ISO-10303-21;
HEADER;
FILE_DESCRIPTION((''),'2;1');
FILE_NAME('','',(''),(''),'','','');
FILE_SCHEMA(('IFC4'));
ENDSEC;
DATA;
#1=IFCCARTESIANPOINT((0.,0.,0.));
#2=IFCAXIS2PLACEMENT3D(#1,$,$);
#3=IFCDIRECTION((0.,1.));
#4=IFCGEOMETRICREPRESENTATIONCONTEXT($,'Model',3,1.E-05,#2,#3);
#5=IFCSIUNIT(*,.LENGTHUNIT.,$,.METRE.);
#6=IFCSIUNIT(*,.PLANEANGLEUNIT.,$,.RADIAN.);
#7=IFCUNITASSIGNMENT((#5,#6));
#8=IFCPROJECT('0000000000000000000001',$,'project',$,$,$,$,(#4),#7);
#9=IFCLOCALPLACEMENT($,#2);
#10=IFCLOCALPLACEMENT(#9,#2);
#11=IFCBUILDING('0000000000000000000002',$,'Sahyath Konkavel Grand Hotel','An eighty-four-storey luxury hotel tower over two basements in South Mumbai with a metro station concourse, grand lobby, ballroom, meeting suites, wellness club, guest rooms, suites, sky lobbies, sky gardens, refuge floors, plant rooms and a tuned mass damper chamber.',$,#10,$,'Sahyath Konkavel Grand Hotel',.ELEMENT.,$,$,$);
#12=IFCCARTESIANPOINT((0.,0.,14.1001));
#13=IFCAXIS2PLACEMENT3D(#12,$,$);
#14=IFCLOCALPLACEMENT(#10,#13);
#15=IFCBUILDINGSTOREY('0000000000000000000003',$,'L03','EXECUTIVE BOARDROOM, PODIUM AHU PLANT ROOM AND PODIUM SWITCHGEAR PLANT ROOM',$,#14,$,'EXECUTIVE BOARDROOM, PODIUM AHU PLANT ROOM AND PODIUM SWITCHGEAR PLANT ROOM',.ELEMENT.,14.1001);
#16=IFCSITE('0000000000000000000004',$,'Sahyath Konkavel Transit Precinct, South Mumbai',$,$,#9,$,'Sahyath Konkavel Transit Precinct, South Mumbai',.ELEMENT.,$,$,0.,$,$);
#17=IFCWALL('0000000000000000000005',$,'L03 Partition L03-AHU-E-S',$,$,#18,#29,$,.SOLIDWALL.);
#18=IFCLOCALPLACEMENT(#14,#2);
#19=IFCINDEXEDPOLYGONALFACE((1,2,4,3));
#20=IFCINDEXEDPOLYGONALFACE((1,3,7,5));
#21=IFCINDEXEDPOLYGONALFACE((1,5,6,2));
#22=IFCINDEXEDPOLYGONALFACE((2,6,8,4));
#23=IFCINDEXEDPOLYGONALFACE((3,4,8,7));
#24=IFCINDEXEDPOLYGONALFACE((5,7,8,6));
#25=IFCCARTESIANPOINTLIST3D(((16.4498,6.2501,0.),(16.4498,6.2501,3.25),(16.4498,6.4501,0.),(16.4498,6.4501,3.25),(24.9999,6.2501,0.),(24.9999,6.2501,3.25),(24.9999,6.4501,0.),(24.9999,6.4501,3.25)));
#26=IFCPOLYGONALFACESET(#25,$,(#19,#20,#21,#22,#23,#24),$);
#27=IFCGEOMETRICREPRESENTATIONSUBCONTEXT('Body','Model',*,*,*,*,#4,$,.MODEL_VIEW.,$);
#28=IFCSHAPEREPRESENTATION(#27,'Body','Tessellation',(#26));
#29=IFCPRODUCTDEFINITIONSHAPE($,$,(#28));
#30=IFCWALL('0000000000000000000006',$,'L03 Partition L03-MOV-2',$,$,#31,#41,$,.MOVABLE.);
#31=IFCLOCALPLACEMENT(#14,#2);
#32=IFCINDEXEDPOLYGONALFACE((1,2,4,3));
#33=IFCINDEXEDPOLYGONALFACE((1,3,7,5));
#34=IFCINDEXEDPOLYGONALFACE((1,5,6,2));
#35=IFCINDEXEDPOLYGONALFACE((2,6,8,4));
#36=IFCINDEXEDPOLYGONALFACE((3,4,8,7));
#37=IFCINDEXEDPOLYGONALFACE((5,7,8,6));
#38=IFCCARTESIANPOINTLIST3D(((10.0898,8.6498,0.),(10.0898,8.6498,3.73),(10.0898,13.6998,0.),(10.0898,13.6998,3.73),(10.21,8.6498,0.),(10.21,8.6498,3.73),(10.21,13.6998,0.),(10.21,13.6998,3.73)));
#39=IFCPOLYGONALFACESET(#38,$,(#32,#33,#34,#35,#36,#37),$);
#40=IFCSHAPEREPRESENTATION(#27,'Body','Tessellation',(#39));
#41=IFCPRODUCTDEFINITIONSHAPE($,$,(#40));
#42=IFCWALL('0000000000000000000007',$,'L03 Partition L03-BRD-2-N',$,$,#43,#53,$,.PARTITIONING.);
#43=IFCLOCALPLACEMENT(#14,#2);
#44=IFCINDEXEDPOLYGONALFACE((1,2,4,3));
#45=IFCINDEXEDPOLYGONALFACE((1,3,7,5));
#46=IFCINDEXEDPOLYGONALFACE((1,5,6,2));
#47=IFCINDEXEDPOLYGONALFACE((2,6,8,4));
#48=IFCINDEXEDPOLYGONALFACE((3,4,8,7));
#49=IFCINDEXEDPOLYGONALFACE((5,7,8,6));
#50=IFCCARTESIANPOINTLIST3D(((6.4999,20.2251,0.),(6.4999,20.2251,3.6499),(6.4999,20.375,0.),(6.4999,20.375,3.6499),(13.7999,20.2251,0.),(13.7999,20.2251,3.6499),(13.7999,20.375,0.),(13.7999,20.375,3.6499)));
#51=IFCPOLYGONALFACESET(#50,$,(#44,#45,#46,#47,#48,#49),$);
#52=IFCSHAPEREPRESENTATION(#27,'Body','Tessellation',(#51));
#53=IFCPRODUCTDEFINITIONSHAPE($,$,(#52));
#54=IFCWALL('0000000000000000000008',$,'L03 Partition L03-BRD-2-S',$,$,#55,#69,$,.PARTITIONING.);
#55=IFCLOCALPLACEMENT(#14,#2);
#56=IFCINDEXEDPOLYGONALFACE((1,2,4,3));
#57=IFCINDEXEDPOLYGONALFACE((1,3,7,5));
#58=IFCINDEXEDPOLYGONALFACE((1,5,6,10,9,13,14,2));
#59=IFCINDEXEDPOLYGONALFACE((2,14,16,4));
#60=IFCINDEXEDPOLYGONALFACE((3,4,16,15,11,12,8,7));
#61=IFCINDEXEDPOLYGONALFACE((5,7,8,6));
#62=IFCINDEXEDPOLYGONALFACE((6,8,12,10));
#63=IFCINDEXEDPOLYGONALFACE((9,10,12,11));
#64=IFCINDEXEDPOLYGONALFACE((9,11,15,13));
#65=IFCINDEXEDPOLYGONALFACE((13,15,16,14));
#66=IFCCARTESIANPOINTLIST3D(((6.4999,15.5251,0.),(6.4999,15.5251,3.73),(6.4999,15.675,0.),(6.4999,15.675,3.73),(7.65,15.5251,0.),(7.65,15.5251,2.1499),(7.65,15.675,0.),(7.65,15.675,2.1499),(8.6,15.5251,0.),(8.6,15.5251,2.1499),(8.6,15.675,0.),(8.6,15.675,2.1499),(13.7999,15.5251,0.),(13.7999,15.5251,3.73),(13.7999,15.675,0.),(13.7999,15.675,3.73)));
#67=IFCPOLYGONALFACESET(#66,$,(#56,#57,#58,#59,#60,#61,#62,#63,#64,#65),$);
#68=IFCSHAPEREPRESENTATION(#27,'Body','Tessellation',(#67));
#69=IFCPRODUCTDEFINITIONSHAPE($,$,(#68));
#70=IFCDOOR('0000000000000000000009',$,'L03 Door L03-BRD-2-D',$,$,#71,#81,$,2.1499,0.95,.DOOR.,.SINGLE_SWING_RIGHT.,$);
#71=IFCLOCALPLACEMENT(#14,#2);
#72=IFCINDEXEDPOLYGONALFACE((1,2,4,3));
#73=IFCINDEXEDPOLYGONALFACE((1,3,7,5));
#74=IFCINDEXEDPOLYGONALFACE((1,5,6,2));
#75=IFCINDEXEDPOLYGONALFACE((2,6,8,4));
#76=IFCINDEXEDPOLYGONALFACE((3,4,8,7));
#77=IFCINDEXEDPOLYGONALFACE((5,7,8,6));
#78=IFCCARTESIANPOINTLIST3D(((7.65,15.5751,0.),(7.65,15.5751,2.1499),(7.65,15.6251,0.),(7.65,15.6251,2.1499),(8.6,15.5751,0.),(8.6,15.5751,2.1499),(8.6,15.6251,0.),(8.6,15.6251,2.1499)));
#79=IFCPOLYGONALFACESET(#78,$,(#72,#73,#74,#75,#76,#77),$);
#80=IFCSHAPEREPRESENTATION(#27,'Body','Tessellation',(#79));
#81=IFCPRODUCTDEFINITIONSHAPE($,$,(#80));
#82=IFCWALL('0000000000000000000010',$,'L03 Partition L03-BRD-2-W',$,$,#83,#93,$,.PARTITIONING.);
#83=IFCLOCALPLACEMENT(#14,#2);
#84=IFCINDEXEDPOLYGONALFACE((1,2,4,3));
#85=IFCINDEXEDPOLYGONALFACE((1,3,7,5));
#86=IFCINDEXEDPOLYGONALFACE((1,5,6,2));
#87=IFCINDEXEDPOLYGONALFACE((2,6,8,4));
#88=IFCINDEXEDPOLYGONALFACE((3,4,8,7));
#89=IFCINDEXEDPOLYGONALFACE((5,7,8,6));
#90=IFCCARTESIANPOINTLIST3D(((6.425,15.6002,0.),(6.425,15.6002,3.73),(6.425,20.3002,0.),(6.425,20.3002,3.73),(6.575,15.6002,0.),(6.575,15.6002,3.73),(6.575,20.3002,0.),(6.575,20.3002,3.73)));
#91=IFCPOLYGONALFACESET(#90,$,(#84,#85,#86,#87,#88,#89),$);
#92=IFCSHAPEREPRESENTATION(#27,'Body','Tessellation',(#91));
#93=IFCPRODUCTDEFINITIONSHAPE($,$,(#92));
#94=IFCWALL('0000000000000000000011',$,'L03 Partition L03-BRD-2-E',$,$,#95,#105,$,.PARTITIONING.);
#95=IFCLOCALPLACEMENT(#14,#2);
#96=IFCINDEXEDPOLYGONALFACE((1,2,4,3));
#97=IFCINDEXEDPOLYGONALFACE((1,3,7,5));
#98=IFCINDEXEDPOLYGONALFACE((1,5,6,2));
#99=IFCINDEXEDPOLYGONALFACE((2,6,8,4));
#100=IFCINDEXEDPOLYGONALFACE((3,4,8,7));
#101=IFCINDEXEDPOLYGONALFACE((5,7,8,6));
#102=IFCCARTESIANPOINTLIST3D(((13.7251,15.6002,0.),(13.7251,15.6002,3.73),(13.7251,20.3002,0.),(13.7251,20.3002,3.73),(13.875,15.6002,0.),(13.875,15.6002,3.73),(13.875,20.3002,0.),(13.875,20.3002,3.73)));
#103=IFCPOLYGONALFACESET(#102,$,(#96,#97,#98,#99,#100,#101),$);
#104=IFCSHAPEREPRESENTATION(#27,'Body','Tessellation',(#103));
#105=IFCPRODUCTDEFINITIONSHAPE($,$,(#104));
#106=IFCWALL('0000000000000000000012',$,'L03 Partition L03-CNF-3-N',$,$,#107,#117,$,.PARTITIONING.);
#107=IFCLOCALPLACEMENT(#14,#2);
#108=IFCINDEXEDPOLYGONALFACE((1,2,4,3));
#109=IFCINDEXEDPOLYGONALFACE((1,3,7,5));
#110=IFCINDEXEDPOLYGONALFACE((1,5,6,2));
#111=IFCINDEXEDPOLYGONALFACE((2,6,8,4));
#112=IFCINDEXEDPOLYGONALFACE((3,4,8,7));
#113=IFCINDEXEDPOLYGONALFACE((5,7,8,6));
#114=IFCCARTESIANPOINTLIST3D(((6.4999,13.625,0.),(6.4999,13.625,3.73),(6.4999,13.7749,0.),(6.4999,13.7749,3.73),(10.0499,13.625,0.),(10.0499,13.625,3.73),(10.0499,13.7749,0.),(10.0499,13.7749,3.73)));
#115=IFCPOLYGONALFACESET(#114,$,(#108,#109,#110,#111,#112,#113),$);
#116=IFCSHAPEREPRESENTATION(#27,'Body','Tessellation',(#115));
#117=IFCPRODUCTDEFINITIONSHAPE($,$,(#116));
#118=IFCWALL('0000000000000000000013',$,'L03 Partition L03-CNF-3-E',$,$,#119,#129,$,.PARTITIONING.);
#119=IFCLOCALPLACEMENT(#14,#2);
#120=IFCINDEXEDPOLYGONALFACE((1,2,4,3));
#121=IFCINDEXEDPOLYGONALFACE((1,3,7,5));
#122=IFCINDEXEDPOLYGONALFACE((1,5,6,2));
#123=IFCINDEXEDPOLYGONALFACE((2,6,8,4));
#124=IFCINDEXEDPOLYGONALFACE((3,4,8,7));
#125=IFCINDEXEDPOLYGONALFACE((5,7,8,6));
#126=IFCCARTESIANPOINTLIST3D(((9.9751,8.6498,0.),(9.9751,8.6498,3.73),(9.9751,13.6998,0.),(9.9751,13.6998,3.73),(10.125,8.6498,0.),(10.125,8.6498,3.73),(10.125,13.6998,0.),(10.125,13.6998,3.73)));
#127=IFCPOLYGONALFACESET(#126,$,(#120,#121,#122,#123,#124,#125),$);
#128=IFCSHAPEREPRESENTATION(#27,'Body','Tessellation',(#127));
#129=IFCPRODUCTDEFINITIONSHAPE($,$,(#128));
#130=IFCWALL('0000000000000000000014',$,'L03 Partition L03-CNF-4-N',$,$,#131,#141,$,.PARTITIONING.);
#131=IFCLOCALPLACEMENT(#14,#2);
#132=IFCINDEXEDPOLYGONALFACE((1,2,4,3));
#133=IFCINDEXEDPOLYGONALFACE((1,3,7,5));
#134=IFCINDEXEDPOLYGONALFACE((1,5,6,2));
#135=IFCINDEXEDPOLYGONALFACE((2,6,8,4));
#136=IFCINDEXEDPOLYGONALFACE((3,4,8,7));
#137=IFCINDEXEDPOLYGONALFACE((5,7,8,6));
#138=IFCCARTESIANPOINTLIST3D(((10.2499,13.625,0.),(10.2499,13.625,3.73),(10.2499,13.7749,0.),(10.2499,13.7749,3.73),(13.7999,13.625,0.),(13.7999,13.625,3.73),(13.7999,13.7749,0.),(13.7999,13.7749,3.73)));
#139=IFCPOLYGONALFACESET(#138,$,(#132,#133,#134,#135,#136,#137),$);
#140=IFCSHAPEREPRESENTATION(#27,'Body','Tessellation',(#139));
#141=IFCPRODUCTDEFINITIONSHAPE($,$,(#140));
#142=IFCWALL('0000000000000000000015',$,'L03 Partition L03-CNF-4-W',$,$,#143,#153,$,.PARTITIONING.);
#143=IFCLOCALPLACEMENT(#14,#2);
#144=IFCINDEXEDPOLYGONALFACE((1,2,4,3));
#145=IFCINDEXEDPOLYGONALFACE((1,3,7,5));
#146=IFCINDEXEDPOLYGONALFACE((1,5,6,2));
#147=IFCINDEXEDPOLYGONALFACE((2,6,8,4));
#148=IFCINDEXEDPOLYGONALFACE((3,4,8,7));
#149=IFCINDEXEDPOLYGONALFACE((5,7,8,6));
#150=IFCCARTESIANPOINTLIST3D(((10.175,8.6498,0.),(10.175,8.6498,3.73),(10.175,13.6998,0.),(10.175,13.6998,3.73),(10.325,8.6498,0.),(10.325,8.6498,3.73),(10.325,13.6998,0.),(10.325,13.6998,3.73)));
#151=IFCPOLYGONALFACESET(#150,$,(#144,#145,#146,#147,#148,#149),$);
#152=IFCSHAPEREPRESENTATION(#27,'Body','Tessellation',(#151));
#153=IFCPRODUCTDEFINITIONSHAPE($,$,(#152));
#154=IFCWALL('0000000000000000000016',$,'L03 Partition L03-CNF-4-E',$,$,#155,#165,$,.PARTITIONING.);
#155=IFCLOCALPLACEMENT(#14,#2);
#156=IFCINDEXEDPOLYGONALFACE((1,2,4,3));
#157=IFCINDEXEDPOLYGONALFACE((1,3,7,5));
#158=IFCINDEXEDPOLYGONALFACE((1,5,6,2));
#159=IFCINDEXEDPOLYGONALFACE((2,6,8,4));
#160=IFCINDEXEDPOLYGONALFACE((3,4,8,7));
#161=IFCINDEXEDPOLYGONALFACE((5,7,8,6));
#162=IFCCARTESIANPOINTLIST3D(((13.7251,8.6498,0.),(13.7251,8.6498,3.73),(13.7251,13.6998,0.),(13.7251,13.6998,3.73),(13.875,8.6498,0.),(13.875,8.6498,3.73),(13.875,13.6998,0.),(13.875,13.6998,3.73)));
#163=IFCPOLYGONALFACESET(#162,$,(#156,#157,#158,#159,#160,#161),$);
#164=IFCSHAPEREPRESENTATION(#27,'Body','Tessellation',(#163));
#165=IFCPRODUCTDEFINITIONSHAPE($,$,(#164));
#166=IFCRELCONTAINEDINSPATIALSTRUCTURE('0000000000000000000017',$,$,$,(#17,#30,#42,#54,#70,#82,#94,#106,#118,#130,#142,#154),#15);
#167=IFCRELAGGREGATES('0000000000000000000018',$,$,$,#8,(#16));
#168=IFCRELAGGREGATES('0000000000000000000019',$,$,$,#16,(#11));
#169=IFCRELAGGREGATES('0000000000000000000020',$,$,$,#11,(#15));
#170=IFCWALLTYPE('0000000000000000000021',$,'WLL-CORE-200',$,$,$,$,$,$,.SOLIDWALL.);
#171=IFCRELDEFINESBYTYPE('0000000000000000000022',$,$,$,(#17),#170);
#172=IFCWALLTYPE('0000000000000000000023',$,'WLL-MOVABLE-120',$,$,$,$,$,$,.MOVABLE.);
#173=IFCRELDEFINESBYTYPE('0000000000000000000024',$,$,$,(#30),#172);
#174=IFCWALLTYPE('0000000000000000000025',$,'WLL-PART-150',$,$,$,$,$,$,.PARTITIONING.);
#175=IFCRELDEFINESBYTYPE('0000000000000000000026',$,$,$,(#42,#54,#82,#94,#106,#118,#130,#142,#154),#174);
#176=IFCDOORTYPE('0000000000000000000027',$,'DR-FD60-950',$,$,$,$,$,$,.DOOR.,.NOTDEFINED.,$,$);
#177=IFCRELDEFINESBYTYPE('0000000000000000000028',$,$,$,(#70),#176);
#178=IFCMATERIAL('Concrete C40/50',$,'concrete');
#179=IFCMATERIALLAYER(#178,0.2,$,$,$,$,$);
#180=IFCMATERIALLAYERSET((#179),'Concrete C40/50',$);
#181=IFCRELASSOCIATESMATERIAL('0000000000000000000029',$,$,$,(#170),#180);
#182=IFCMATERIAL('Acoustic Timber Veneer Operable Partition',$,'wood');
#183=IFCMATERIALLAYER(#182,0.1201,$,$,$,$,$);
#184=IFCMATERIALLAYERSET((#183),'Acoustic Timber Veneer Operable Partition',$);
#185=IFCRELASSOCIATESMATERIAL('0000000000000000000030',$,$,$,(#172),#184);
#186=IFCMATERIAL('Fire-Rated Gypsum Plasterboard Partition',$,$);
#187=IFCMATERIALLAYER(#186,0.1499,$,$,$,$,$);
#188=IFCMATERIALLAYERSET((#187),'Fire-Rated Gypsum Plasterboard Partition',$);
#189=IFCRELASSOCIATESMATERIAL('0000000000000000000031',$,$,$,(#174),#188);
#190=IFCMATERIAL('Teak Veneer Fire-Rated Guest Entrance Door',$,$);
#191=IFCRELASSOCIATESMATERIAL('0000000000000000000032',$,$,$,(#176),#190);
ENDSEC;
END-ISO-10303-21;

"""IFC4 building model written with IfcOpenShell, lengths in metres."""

from ifc_helpers import new_model, si_unit, direction, frame, frame_2d, origin, origin_2d, place, context, subcontext, project, spatial, rectangle, extrude, source, transform, mapped, material, layer, layer_set, type_object, element, fill, save


model = new_model("IFC4")

# Units and contexts
model_context = context("Model", 3, precision=1e-05, world=origin(), true_north=direction((0.0, 1.0)))
body_context = subcontext(model_context, "Body", "Model", "MODEL_VIEW")
ifc_project = project(units=[si_unit("LENGTHUNIT", "METRE"), si_unit("PLANEANGLEUNIT", "RADIAN")], contexts=[model_context])

# Site, building, storey
site_placement = place(None, origin())
site = spatial("IfcSite", under=ifc_project, at=site_placement, Name="Sahyath Konkavel Transit Precinct, South Mumbai", LongName="Sahyath Konkavel Transit Precinct, South Mumbai", CompositionType="ELEMENT", RefElevation=0.0)
building_placement = place(site_placement, origin())
building = spatial("IfcBuilding", under=site, at=building_placement, Name="Sahyath Konkavel Grand Hotel", Description="An eighty-four-storey luxury hotel tower over two basements in South Mumbai with a metro station concourse, grand lobby, ballroom, meeting suites, wellness club, guest rooms, suites, sky lobbies, sky gardens, refuge floors, plant rooms and a tuned mass damper chamber.", LongName="Sahyath Konkavel Grand Hotel", CompositionType="ELEMENT")
storey_placement = place(building_placement, frame((0.0, 0.0, 14.1001)))
storey = spatial("IfcBuildingStorey", under=building, at=storey_placement, Name="L03", Description="EXECUTIVE BOARDROOM, PODIUM AHU PLANT ROOM AND PODIUM SWITCHGEAR PLANT ROOM", LongName="EXECUTIVE BOARDROOM, PODIUM AHU PLANT ROOM AND PODIUM SWITCHGEAR PLANT ROOM", CompositionType="ELEMENT", Elevation=14.1001)

# Shared definitions
ifc_material_1 = material(Name="Concrete C40/50", Category="concrete")

# Wall
ifc_layer_1 = layer(ifc_material_1, 0.2)
ifc_layer_set_1 = layer_set([ifc_layer_1], Name="Concrete C40/50")
wall_type_1 = type_object("IfcWallType", Name="WLL-CORE-200", PredefinedType="SOLIDWALL", material=ifc_layer_set_1)
wall_1_placement = place(storey_placement, frame((16.45, 6.3501, 0.0), z_axis=(0.0, 0.0, 1.0), x_axis=(1.0, 0.0, 0.0)))
element("IfcWall", 1, at=wall_1_placement, inside=storey, type_object=wall_type_1, Name="L03 Partition L03-AHU-E-S", PredefinedType="SOLIDWALL", context=body_context, shape_type="SweptSolid", body=[
    extrude(rectangle(XDim=8.55, YDim=0.2, at=frame_2d((4.2749, 0.0))), origin(), (0.0, 0.0, 1.0), 3.25),
])

# Shared definitions
shared_shape_1 = source(origin(), body_context, "Body", "SweptSolid", [
    extrude(rectangle(XDim=0.95, YDim=0.05, at=origin_2d()), origin(), (0.0, 0.0, 1.0), 2.1499),
])

# Walls
ifc_material_2 = material(Name="Acoustic Timber Veneer Operable Partition", Category="wood")
ifc_layer_2 = layer(ifc_material_2, 0.1201)
ifc_layer_set_2 = layer_set([ifc_layer_2], Name="Acoustic Timber Veneer Operable Partition")
wall_type_2 = type_object("IfcWallType", Name="WLL-MOVABLE-120", PredefinedType="MOVABLE", material=ifc_layer_set_2)
wall_2_placement = place(storey_placement, frame((10.1499, 8.6499, 0.0), z_axis=(0.0, 0.0, 1.0), x_axis=(0.0, 1.0, 0.0)))
element("IfcWall", 2, at=wall_2_placement, inside=storey, type_object=wall_type_2, Name="L03 Partition L03-MOV-2", PredefinedType="MOVABLE", context=body_context, shape_type="SweptSolid", body=[
    extrude(rectangle(XDim=5.05, YDim=0.1201, at=frame_2d((2.5249, 0.0))), origin(), (0.0, 0.0, 1.0), 3.73),
])
ifc_material_3 = material(Name="Fire-Rated Gypsum Plasterboard Partition")
ifc_layer_3 = layer(ifc_material_3, 0.1499)
ifc_layer_set_3 = layer_set([ifc_layer_3], Name="Fire-Rated Gypsum Plasterboard Partition")
wall_type_3 = type_object("IfcWallType", Name="WLL-PART-150", PredefinedType="PARTITIONING", material=ifc_layer_set_3)
wall_3_placement = place(storey_placement, frame((6.5, 20.3, 0.0), z_axis=(0.0, 0.0, 1.0), x_axis=(1.0, 0.0, 0.0)))
element("IfcWall", 3, at=wall_3_placement, inside=storey, type_object=wall_type_3, Name="L03 Partition L03-BRD-2-N", PredefinedType="PARTITIONING", context=body_context, shape_type="SweptSolid", body=[
    extrude(rectangle(XDim=7.3, YDim=0.1499, at=frame_2d((3.6499, 0.0))), origin(), (0.0, 0.0, 1.0), 3.6499),
])

# Wall, opening, door
wall_4_placement = place(storey_placement, frame((6.5, 15.6001, 0.0), z_axis=(0.0, 0.0, 1.0), x_axis=(1.0, 0.0, 0.0)))
wall_4 = element("IfcWall", 4, at=wall_4_placement, inside=storey, type_object=wall_type_3, Name="L03 Partition L03-BRD-2-S", PredefinedType="PARTITIONING", context=body_context, shape_type="SweptSolid", body=[
    extrude(rectangle(XDim=7.3, YDim=0.1499, at=frame_2d((3.6499, 0.0))), origin(), (0.0, 0.0, 1.0), 3.73),
])
opening_1_placement = place(wall_4_placement, frame((1.1499, 0.0, 0.0)))
opening_1 = element("IfcOpeningElement", 5, at=opening_1_placement, cuts=wall_4, PredefinedType="OPENING", context=body_context, shape_type="SweptSolid", body=[
    extrude(rectangle(XDim=0.95, YDim=2.1499, at=frame_2d((0.4751, 1.075))), frame((0.0, 0.085, 0.0), z_axis=(0.0, -1.0, 0.0), x_axis=(1.0, 0.0, 0.0)), (0.0, 0.0, 1.0), 0.1699),
])
ifc_material_4 = material(Name="Teak Veneer Fire-Rated Guest Entrance Door")
door_type_1 = type_object("IfcDoorType", Name="DR-FD60-950", OperationType="NOTDEFINED", PredefinedType="DOOR", material=ifc_material_4)
door_1_placement = place(opening_1_placement, frame((0.4751, 0.0, 0.0)))
door_1 = element("IfcDoor", 6, at=door_1_placement, inside=storey, type_object=door_type_1, Name="L03 Door L03-BRD-2-D", OperationType="SINGLE_SWING_RIGHT", OverallHeight=2.1499, OverallWidth=0.95, PredefinedType="DOOR", context=body_context, shape_type="MappedRepresentation", body=[
    mapped(shared_shape_1, transform((0.0, 0.0, 0.0), scale=1.0)),
])
fill(opening_1, door_1)

# Walls
for number, where, z_axis, x_axis, name in (
    (7, (6.5, 15.6001, 0.0), (0.0, 0.0, 1.0), (0.0, 1.0, 0.0), "L03 Partition L03-BRD-2-W"),
    (8, (13.8, 15.6001, 0.0), (0.0, 0.0, 1.0), (0.0, 1.0, 0.0), "L03 Partition L03-BRD-2-E"),
):
    element("IfcWall", number, at=place(storey_placement, frame(where, z_axis=z_axis, x_axis=x_axis)), inside=storey, type_object=wall_type_3, Name=name, PredefinedType="PARTITIONING", context=body_context, shape_type="SweptSolid", body=[
        extrude(rectangle(XDim=4.7, YDim=0.1499, at=frame_2d((2.3501, 0.0))), origin(), (0.0, 0.0, 1.0), 3.73),
    ])
wall_5_placement = place(storey_placement, frame((6.5, 13.7, 0.0), z_axis=(0.0, 0.0, 1.0), x_axis=(1.0, 0.0, 0.0)))
element("IfcWall", 9, at=wall_5_placement, inside=storey, type_object=wall_type_3, Name="L03 Partition L03-CNF-3-N", PredefinedType="PARTITIONING", context=body_context, shape_type="SweptSolid", body=[
    extrude(rectangle(XDim=3.55, YDim=0.1499, at=frame_2d((1.7749, 0.0))), origin(), (0.0, 0.0, 1.0), 3.73),
])
wall_6_placement = place(storey_placement, frame((10.05, 8.6499, 0.0), z_axis=(0.0, 0.0, 1.0), x_axis=(0.0, 1.0, 0.0)))
element("IfcWall", 10, at=wall_6_placement, inside=storey, type_object=wall_type_3, Name="L03 Partition L03-CNF-3-E", PredefinedType="PARTITIONING", context=body_context, shape_type="SweptSolid", body=[
    extrude(rectangle(XDim=5.05, YDim=0.1499, at=frame_2d((2.5249, 0.0))), origin(), (0.0, 0.0, 1.0), 3.73),
])
wall_7_placement = place(storey_placement, frame((10.25, 13.7, 0.0), z_axis=(0.0, 0.0, 1.0), x_axis=(1.0, 0.0, 0.0)))
element("IfcWall", 11, at=wall_7_placement, inside=storey, type_object=wall_type_3, Name="L03 Partition L03-CNF-4-N", PredefinedType="PARTITIONING", context=body_context, shape_type="SweptSolid", body=[
    extrude(rectangle(XDim=3.55, YDim=0.1499, at=frame_2d((1.7749, 0.0))), origin(), (0.0, 0.0, 1.0), 3.73),
])

# Walls
for number, where, z_axis, x_axis, name in (
    (12, (10.25, 8.6499, 0.0), (0.0, 0.0, 1.0), (0.0, 1.0, 0.0), "L03 Partition L03-CNF-4-W"),
    (13, (13.8, 8.6499, 0.0), (0.0, 0.0, 1.0), (0.0, 1.0, 0.0), "L03 Partition L03-CNF-4-E"),
):
    element("IfcWall", number, at=place(storey_placement, frame(where, z_axis=z_axis, x_axis=x_axis)), inside=storey, type_object=wall_type_3, Name=name, PredefinedType="PARTITIONING", context=body_context, shape_type="SweptSolid", body=[
        extrude(rectangle(XDim=5.05, YDim=0.1499, at=frame_2d((2.5249, 0.0))), origin(), (0.0, 0.0, 1.0), 3.73),
    ])

save(model, "model.ifc")
